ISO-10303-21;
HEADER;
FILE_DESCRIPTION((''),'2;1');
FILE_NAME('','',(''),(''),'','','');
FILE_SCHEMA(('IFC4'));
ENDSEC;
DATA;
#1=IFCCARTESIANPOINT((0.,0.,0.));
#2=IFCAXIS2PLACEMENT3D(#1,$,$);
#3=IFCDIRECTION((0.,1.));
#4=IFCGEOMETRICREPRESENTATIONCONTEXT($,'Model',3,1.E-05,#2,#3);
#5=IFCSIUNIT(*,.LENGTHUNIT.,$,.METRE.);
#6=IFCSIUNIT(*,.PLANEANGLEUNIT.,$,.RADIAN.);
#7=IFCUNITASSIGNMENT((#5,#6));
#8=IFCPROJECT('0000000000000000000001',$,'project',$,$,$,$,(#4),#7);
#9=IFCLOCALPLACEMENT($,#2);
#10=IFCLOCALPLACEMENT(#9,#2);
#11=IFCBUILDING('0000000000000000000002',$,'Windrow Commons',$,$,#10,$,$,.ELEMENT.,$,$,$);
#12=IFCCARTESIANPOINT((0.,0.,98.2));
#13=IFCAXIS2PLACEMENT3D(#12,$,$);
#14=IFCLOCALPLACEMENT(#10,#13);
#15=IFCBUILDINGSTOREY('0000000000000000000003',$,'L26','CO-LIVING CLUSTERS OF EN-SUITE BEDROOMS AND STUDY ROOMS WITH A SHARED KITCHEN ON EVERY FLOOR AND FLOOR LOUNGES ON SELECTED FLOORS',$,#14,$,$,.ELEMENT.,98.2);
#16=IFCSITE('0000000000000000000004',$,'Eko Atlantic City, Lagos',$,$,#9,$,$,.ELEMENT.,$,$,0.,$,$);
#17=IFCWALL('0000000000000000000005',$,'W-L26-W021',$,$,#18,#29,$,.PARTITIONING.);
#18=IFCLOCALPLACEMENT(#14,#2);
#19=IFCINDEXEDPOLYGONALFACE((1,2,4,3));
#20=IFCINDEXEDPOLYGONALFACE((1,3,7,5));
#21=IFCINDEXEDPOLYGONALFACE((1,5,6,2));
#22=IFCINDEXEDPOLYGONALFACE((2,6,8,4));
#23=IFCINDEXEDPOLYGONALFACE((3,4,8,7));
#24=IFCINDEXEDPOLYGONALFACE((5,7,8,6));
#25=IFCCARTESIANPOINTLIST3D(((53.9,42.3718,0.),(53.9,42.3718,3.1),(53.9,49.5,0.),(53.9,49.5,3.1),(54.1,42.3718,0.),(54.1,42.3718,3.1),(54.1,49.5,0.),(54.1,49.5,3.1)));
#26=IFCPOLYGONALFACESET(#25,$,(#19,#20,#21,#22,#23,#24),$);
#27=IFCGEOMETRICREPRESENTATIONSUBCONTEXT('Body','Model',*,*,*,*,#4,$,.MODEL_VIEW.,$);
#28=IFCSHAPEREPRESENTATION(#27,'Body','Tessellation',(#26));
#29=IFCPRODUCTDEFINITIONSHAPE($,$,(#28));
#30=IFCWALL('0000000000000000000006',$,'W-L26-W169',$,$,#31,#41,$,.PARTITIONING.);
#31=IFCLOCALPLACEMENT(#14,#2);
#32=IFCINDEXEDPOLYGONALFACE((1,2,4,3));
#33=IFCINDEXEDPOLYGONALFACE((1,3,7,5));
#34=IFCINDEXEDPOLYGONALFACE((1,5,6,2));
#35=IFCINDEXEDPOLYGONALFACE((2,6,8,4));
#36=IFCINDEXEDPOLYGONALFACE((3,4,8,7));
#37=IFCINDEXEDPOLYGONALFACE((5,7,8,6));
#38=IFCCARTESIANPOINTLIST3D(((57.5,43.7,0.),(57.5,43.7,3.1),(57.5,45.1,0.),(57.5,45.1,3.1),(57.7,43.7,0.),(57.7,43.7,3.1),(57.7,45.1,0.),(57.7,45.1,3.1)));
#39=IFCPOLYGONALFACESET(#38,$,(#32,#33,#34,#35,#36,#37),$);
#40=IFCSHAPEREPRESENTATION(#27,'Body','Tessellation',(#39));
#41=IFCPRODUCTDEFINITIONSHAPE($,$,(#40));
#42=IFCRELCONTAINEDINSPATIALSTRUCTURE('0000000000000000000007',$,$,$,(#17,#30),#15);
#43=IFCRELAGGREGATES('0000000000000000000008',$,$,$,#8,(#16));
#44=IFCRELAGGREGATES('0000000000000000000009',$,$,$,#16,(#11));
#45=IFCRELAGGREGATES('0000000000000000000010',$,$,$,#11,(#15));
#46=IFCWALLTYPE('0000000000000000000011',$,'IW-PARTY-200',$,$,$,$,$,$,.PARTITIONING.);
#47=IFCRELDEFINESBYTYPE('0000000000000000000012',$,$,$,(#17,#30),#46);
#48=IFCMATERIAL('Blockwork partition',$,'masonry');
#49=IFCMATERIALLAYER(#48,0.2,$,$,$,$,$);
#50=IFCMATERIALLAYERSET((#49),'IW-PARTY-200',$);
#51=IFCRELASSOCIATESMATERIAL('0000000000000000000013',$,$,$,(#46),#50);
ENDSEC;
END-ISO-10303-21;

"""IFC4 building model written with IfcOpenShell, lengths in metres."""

from ifc_helpers import new_model, si_unit, direction, frame, frame_2d, origin, place, context, subcontext, project, spatial, rectangle, extrude, material, layer, layer_set, type_object, element, save


model = new_model("IFC4")

# Units and contexts
model_context = context("Model", 3, precision=1e-05, world=origin(), true_north=direction((0.0, 1.0)))
body_context = subcontext(model_context, "Body", "Model", "MODEL_VIEW")
ifc_project = project(units=[si_unit("LENGTHUNIT", "METRE"), si_unit("PLANEANGLEUNIT", "RADIAN")], contexts=[model_context])

# Site, building, storey
site_placement = place(None, origin())
site = spatial("IfcSite", under=ifc_project, at=site_placement, Name="Eko Atlantic City, Lagos", CompositionType="ELEMENT", RefElevation=0.0)
building_placement = place(site_placement, origin())
building = spatial("IfcBuilding", under=site, at=building_placement, Name="Windrow Commons", CompositionType="ELEMENT")
storey_placement = place(building_placement, frame((0.0, 0.0, 98.2)))
storey = spatial("IfcBuildingStorey", under=building, at=storey_placement, Name="L26", Description="CO-LIVING CLUSTERS OF EN-SUITE BEDROOMS AND STUDY ROOMS WITH A SHARED KITCHEN ON EVERY FLOOR AND FLOOR LOUNGES ON SELECTED FLOORS", CompositionType="ELEMENT", Elevation=98.2)

# Walls
ifc_material_1 = material(Name="Blockwork partition", Category="masonry")
ifc_layer_1 = layer(ifc_material_1, 0.2)
ifc_layer_set_1 = layer_set([ifc_layer_1], Name="IW-PARTY-200")
wall_type_1 = type_object("IfcWallType", Name="IW-PARTY-200", PredefinedType="PARTITIONING", material=ifc_layer_set_1)
wall_1_placement = place(storey_placement, frame((54.0, 42.3719, 0.0), z_axis=(0.0, 0.0, 1.0), x_axis=(0.0, 1.0, 0.0)))
element("IfcWall", 1, at=wall_1_placement, inside=storey, type_object=wall_type_1, Name="W-L26-W021", PredefinedType="PARTITIONING", context=body_context, shape_type="SweptSolid", body=[
    extrude(rectangle(XDim=7.1281, YDim=0.2, at=frame_2d((3.564, 0.0))), origin(), (0.0, 0.0, 1.0), 3.1),
])
wall_2_placement = place(storey_placement, frame((57.6, 43.7, 0.0), z_axis=(0.0, 0.0, 1.0), x_axis=(0.0, 1.0, 0.0)))
element("IfcWall", 2, at=wall_2_placement, inside=storey, type_object=wall_type_1, Name="W-L26-W169", PredefinedType="PARTITIONING", context=body_context, shape_type="SweptSolid", body=[
    extrude(rectangle(XDim=1.4, YDim=0.2, at=frame_2d((0.7, 0.0))), origin(), (0.0, 0.0, 1.0), 3.1),
])

save(model, "model.ifc")
